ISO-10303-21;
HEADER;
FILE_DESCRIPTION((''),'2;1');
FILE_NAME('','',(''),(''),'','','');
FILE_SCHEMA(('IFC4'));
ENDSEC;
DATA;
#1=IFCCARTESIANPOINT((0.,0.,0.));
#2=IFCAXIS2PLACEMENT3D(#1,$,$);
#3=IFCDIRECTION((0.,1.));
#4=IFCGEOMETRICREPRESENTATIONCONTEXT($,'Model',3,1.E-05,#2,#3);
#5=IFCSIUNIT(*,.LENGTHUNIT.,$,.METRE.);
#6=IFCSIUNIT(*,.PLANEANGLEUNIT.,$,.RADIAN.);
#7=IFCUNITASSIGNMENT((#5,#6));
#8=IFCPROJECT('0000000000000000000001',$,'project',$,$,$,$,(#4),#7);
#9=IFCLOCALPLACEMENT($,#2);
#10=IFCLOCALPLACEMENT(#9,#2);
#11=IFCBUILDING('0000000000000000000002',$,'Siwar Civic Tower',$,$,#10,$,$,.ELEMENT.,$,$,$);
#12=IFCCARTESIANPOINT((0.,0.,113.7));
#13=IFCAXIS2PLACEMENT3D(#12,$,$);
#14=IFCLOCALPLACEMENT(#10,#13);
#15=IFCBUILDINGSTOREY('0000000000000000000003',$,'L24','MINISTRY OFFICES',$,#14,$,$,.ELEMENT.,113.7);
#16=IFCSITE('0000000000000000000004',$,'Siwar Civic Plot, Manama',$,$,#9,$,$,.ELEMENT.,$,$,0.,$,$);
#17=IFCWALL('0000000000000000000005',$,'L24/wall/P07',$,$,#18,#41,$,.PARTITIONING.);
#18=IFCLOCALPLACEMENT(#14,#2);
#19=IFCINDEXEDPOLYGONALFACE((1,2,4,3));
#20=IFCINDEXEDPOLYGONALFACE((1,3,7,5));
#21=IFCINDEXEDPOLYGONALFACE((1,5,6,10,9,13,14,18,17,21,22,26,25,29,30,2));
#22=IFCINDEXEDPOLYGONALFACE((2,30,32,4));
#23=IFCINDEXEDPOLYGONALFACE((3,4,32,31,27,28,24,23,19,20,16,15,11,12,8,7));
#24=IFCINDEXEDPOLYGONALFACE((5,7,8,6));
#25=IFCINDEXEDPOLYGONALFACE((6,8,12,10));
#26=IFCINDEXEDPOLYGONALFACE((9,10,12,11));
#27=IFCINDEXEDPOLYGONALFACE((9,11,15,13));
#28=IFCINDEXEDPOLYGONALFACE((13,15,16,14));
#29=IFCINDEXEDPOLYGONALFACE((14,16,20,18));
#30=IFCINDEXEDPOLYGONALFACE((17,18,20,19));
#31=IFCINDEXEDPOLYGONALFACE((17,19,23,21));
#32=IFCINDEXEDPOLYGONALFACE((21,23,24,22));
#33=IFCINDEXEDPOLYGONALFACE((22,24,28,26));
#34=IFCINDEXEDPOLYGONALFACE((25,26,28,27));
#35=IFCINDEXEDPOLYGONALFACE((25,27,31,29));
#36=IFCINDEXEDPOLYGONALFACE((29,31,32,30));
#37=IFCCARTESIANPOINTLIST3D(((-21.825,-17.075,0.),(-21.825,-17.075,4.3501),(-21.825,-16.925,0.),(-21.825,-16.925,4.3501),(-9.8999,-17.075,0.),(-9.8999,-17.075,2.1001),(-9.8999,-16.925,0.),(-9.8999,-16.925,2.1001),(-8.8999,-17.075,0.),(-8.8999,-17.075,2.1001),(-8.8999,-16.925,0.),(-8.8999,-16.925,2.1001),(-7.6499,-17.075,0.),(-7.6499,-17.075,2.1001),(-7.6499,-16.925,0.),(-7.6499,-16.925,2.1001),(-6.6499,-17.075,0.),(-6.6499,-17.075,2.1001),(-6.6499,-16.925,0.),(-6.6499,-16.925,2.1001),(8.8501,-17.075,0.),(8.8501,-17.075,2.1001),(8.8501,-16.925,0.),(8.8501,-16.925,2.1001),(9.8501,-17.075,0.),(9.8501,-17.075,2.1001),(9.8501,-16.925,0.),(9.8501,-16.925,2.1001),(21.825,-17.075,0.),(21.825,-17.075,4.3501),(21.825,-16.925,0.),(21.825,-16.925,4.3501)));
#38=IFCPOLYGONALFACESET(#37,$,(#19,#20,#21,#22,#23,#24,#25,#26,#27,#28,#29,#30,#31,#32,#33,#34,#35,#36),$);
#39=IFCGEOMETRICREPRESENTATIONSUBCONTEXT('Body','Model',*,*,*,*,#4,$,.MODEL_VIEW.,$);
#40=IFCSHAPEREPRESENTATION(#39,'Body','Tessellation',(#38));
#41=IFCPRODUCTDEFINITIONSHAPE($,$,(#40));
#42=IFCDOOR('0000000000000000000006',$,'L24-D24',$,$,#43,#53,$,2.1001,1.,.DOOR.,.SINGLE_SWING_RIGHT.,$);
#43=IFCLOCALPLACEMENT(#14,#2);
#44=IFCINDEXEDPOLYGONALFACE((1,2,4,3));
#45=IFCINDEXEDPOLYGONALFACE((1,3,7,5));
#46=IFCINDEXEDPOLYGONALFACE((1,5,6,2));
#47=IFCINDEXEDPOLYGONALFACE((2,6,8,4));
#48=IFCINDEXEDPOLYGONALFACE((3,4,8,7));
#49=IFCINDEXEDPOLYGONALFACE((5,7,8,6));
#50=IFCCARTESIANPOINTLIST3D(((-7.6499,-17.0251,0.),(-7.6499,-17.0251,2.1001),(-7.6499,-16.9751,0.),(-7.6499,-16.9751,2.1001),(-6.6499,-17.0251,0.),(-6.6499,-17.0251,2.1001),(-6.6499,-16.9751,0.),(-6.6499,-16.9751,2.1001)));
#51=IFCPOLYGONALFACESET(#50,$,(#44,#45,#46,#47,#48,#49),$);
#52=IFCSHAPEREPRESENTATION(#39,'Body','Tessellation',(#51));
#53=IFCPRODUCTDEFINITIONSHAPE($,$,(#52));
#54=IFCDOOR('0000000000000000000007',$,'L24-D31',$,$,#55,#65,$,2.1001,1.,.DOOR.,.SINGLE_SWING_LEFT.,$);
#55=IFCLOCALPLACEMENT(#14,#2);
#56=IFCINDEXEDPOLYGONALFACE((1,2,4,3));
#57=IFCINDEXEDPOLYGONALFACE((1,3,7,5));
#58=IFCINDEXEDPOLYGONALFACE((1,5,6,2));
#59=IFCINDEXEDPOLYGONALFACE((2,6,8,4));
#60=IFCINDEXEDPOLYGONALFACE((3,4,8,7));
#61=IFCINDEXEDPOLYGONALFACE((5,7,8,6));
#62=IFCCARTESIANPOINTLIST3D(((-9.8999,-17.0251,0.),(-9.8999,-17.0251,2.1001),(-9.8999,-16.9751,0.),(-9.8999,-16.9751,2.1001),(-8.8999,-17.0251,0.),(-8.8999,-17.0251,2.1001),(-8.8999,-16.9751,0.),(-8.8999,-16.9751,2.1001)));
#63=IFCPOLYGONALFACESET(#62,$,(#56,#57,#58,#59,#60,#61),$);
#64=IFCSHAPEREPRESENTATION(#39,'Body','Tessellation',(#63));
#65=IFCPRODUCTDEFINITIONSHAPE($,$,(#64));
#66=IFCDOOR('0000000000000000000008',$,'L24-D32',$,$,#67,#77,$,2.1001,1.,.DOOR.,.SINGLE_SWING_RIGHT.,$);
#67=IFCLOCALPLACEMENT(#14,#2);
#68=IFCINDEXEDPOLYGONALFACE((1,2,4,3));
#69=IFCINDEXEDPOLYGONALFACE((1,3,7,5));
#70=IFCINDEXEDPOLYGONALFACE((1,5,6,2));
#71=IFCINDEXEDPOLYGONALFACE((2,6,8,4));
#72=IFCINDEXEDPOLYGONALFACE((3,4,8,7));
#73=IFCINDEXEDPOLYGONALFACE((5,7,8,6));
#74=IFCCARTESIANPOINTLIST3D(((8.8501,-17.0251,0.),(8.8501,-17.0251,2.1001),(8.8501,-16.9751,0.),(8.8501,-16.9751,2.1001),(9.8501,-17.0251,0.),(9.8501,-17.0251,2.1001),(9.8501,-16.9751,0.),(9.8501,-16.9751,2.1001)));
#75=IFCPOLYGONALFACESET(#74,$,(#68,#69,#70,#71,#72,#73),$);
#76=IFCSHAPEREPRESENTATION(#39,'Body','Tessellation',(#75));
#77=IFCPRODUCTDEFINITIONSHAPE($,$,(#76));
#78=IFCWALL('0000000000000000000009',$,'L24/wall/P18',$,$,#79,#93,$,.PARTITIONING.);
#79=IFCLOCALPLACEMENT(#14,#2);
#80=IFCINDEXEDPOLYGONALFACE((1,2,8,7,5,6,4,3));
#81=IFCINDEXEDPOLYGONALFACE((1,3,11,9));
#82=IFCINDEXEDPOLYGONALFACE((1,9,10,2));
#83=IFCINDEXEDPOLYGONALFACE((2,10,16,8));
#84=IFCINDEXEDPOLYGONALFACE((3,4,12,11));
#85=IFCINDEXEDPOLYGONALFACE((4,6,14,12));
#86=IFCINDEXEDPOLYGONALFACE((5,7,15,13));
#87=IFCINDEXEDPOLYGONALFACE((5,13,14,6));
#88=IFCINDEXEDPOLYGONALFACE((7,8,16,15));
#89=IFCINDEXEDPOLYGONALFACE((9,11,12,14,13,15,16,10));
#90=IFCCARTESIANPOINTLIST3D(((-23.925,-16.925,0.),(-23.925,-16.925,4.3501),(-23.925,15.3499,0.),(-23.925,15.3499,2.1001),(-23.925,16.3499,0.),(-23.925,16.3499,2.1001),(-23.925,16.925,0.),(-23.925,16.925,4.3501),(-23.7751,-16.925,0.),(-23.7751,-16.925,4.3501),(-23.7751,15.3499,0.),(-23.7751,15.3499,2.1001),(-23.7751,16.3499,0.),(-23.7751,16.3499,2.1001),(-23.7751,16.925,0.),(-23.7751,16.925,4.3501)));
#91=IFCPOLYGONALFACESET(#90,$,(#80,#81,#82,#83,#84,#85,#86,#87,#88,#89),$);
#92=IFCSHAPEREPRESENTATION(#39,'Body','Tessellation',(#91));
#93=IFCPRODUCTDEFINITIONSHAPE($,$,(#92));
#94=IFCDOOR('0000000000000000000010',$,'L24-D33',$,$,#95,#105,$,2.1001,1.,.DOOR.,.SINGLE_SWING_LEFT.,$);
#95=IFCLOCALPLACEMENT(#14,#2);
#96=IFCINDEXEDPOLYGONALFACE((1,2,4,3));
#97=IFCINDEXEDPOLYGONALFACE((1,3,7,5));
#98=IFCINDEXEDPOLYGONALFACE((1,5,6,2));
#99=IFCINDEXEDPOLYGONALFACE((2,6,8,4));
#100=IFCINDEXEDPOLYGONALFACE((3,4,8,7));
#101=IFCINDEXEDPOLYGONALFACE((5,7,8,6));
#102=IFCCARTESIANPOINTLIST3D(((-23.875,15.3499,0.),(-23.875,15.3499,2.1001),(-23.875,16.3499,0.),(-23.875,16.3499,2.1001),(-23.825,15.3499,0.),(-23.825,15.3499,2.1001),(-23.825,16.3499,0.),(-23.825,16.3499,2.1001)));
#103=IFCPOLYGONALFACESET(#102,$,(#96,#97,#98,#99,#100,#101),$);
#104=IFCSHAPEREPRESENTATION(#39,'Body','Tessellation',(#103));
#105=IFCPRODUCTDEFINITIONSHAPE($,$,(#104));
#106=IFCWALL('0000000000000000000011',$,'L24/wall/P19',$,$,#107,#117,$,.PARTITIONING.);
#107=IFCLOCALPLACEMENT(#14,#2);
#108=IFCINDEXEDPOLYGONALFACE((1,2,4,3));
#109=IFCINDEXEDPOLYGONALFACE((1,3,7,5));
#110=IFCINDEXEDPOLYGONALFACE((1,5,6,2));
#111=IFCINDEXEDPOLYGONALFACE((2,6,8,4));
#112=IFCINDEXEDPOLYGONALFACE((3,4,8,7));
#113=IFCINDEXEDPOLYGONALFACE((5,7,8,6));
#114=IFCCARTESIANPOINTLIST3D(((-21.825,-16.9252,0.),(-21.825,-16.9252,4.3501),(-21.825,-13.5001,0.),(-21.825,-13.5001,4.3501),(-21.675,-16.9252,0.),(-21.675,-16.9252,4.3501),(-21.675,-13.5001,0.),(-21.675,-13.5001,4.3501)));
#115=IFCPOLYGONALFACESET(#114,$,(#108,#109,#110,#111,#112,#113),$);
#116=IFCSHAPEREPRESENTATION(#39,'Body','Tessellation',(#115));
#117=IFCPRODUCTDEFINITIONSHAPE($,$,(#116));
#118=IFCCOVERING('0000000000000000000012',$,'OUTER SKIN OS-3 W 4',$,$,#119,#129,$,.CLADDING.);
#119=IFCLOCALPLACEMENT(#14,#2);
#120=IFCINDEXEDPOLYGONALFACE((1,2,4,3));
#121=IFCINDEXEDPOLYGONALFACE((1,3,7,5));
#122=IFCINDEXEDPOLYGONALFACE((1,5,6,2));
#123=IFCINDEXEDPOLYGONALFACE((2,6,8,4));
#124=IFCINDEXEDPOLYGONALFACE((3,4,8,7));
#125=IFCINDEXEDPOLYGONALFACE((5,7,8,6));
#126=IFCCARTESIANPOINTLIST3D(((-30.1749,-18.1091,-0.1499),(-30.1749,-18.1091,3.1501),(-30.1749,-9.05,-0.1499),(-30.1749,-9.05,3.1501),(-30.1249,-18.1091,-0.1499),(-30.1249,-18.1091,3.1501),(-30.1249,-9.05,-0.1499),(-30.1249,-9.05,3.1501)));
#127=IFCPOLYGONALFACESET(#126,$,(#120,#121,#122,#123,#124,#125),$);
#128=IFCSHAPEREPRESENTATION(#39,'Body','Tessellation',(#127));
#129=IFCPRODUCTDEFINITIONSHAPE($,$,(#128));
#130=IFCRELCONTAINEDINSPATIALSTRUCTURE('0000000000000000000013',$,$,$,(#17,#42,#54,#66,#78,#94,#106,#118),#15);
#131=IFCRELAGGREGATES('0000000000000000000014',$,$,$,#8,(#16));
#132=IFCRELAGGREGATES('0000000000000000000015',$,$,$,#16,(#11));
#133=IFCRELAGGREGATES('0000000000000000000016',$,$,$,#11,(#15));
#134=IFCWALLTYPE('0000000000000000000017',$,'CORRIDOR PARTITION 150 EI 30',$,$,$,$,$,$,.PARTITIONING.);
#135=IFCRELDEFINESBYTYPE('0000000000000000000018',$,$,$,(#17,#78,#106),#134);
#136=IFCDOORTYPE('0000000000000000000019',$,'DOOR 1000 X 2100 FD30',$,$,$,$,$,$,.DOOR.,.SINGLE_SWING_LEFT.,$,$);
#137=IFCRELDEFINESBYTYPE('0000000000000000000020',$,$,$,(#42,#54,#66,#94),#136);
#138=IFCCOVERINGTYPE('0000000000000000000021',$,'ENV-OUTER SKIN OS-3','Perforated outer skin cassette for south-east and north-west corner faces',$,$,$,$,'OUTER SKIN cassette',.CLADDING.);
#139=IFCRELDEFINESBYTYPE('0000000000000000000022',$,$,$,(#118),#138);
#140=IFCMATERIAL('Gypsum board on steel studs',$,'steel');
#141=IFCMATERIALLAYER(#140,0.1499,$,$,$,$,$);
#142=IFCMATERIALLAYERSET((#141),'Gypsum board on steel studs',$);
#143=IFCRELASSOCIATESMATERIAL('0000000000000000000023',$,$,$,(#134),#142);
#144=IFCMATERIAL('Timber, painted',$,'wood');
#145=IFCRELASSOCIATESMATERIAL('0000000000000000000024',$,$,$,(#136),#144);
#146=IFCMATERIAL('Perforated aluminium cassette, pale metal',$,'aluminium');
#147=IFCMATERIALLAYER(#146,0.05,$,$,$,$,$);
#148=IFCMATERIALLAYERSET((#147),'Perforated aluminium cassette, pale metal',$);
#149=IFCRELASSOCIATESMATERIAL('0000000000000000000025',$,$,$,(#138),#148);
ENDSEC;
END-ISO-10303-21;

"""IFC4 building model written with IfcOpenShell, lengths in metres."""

from ifc_helpers import new_model, si_unit, direction, frame, frame_2d, origin, origin_2d, place, context, subcontext, project, spatial, rectangle, extrude, material, layer, layer_set, type_object, element, fill, save


model = new_model("IFC4")

# Units and contexts
model_context = context("Model", 3, precision=1e-05, world=origin(), true_north=direction((0.0, 1.0)))
body_context = subcontext(model_context, "Body", "Model", "MODEL_VIEW")
ifc_project = project(units=[si_unit("LENGTHUNIT", "METRE"), si_unit("PLANEANGLEUNIT", "RADIAN")], contexts=[model_context])

# Site, building, storey
site_placement = place(None, origin())
site = spatial("IfcSite", under=ifc_project, at=site_placement, Name="Siwar Civic Plot, Manama", CompositionType="ELEMENT", RefElevation=0.0)
building_placement = place(site_placement, origin())
building = spatial("IfcBuilding", under=site, at=building_placement, Name="Siwar Civic Tower", CompositionType="ELEMENT")
storey_placement = place(building_placement, frame((0.0, 0.0, 113.7)))
storey = spatial("IfcBuildingStorey", under=building, at=storey_placement, Name="L24", Description="MINISTRY OFFICES", CompositionType="ELEMENT", Elevation=113.7)

# Shared definitions
ifc_material_1 = material(Name="Gypsum board on steel studs", Category="steel")
ifc_layer_1 = layer(ifc_material_1, 0.1499)
ifc_layer_set_1 = layer_set([ifc_layer_1], Name="Gypsum board on steel studs")
wall_type = type_object("IfcWallType", Name="CORRIDOR PARTITION 150 EI 30", PredefinedType="PARTITIONING", material=ifc_layer_set_1)

# Wall, openings, doors
wall_1_placement = place(storey_placement, frame((-21.825, -17.0, 0.0), z_axis=(0.0, 0.0, 1.0), x_axis=(1.0, 0.0, 0.0)))
wall_1 = element("IfcWall", 1, at=wall_1_placement, inside=storey, type_object=wall_type, Name="L24/wall/P07", PredefinedType="PARTITIONING", context=body_context, shape_type="SweptSolid", body=[
    extrude(rectangle(XDim=43.6499, YDim=0.1499, at=frame_2d((21.825, 0.0))), origin(), (0.0, 0.0, 1.0), 4.3501),
])
opening_1_placement = place(wall_1_placement, frame((14.175, 0.0, 0.0)))
opening_1 = element("IfcOpeningElement", 2, at=opening_1_placement, cuts=wall_1, PredefinedType="OPENING", context=body_context, shape_type="SweptSolid", body=[
    extrude(rectangle(XDim=1.0, YDim=2.1001, at=frame_2d((0.5, 1.05))), frame((0.0, 0.085, 0.0), z_axis=(0.0, -1.0, 0.0), x_axis=(1.0, 0.0, 0.0)), (0.0, 0.0, 1.0), 0.1699),
])
opening_2_placement = place(wall_1_placement, frame((11.925, 0.0, 0.0)))
opening_2 = element("IfcOpeningElement", 3, at=opening_2_placement, cuts=wall_1, PredefinedType="OPENING", context=body_context, shape_type="SweptSolid", body=[
    extrude(rectangle(XDim=1.0, YDim=2.1001, at=frame_2d((0.5, 1.05))), frame((0.0, 0.085, 0.0), z_axis=(0.0, -1.0, 0.0), x_axis=(1.0, 0.0, 0.0)), (0.0, 0.0, 1.0), 0.1699),
])
opening_3_placement = place(wall_1_placement, frame((30.675, 0.0, 0.0)))
opening_3 = element("IfcOpeningElement", 4, at=opening_3_placement, cuts=wall_1, PredefinedType="OPENING", context=body_context, shape_type="SweptSolid", body=[
    extrude(rectangle(XDim=1.0, YDim=2.1001, at=frame_2d((0.5, 1.05))), frame((0.0, 0.085, 0.0), z_axis=(0.0, -1.0, 0.0), x_axis=(1.0, 0.0, 0.0)), (0.0, 0.0, 1.0), 0.1699),
])
ifc_material_2 = material(Name="Timber, painted", Category="wood")
door_type = type_object("IfcDoorType", Name="DOOR 1000 X 2100 FD30", OperationType="SINGLE_SWING_LEFT", PredefinedType="DOOR", material=ifc_material_2)
door_1_placement = place(opening_1_placement, origin())
door_1 = element("IfcDoor", 5, at=door_1_placement, inside=storey, type_object=door_type, Name="L24-D24", OperationType="SINGLE_SWING_RIGHT", OverallHeight=2.1001, OverallWidth=1.0, PredefinedType="DOOR", context=body_context, shape_type="SweptSolid", body=[
    extrude(rectangle(XDim=1.0, YDim=2.1001, at=frame_2d((0.5, 1.05))), frame((0.0, 0.0249, 0.0), z_axis=(0.0, -1.0, 0.0), x_axis=(1.0, 0.0, 0.0)), (0.0, 0.0, 1.0), 0.05),
])
fill(opening_1, door_1)
door_2_placement = place(opening_2_placement, origin())
door_2 = element("IfcDoor", 6, at=door_2_placement, inside=storey, type_object=door_type, Name="L24-D31", OperationType="SINGLE_SWING_LEFT", OverallHeight=2.1001, OverallWidth=1.0, PredefinedType="DOOR", context=body_context, shape_type="SweptSolid", body=[
    extrude(rectangle(XDim=1.0, YDim=2.1001, at=frame_2d((0.5, 1.05))), frame((0.0, 0.0249, 0.0), z_axis=(0.0, -1.0, 0.0), x_axis=(1.0, 0.0, 0.0)), (0.0, 0.0, 1.0), 0.05),
])
fill(opening_2, door_2)
door_3_placement = place(opening_3_placement, origin())
door_3 = element("IfcDoor", 7, at=door_3_placement, inside=storey, type_object=door_type, Name="L24-D32", OperationType="SINGLE_SWING_RIGHT", OverallHeight=2.1001, OverallWidth=1.0, PredefinedType="DOOR", context=body_context, shape_type="SweptSolid", body=[
    extrude(rectangle(XDim=1.0, YDim=2.1001, at=frame_2d((0.5, 1.05))), frame((0.0, 0.0249, 0.0), z_axis=(0.0, -1.0, 0.0), x_axis=(1.0, 0.0, 0.0)), (0.0, 0.0, 1.0), 0.05),
])
fill(opening_3, door_3)

# Wall, opening, door
wall_2_placement = place(storey_placement, frame((-23.8501, -16.925, 0.0), z_axis=(0.0, 0.0, 1.0), x_axis=(0.0, 1.0, 0.0)))
wall_2 = element("IfcWall", 8, at=wall_2_placement, inside=storey, type_object=wall_type, Name="L24/wall/P18", PredefinedType="PARTITIONING", context=body_context, shape_type="SweptSolid", body=[
    extrude(rectangle(XDim=33.8501, YDim=0.1499, at=frame_2d((16.925, 0.0))), origin(), (0.0, 0.0, 1.0), 4.3501),
])
opening_4_placement = place(wall_2_placement, frame((32.2749, 0.0, 0.0)))
opening_4 = element("IfcOpeningElement", 9, at=opening_4_placement, cuts=wall_2, PredefinedType="OPENING", context=body_context, shape_type="SweptSolid", body=[
    extrude(rectangle(XDim=1.0, YDim=2.1001, at=frame_2d((0.5, 1.05))), frame((0.0, 0.085, 0.0), z_axis=(0.0, -1.0, 0.0), x_axis=(1.0, 0.0, 0.0)), (0.0, 0.0, 1.0), 0.1699),
])
door_4_placement = place(opening_4_placement, origin())
door_4 = element("IfcDoor", 10, at=door_4_placement, inside=storey, type_object=door_type, Name="L24-D33", OperationType="SINGLE_SWING_LEFT", OverallHeight=2.1001, OverallWidth=1.0, PredefinedType="DOOR", context=body_context, shape_type="SweptSolid", body=[
    extrude(rectangle(XDim=1.0, YDim=2.1001, at=frame_2d((0.5, 1.05))), frame((0.0, 0.0249, 0.0), z_axis=(0.0, -1.0, 0.0), x_axis=(1.0, 0.0, 0.0)), (0.0, 0.0, 1.0), 0.05),
])
fill(opening_4, door_4)

# Wall
wall_3_placement = place(storey_placement, frame((-21.75, -16.925, 0.0), z_axis=(0.0, 0.0, 1.0), x_axis=(0.0, 1.0, 0.0)))
element("IfcWall", 11, at=wall_3_placement, inside=storey, type_object=wall_type, Name="L24/wall/P19", PredefinedType="PARTITIONING", context=body_context, shape_type="SweptSolid", body=[
    extrude(rectangle(XDim=3.425, YDim=0.1499, at=frame_2d((1.7124, 0.0))), origin(), (0.0, 0.0, 1.0), 4.3501),
])

# Covering
ifc_material_3 = material(Name="Perforated aluminium cassette, pale metal", Category="aluminium")
ifc_layer_2 = layer(ifc_material_3, 0.05)
ifc_layer_set_2 = layer_set([ifc_layer_2], Name="Perforated aluminium cassette, pale metal")
covering_type = type_object("IfcCoveringType", Name="ENV-OUTER SKIN OS-3", Description="Perforated outer skin cassette for south-east and north-west corner faces", ElementType="OUTER SKIN cassette", PredefinedType="CLADDING", material=ifc_layer_set_2)
covering_placement = place(storey_placement, frame((-30.1499, -13.5796, -0.1499), z_axis=(0.0, 0.0, 1.0), x_axis=(0.0, -1.0, 0.0)))
element("IfcCovering", 12, at=covering_placement, inside=storey, type_object=covering_type, Name="OUTER SKIN OS-3 W 4", PredefinedType="CLADDING", context=body_context, shape_type="SweptSolid", body=[
    extrude(rectangle(XDim=9.0591, YDim=0.05, at=origin_2d()), origin(), (0.0, 0.0, 1.0), 3.3),
])

save(model, "model.ifc")
